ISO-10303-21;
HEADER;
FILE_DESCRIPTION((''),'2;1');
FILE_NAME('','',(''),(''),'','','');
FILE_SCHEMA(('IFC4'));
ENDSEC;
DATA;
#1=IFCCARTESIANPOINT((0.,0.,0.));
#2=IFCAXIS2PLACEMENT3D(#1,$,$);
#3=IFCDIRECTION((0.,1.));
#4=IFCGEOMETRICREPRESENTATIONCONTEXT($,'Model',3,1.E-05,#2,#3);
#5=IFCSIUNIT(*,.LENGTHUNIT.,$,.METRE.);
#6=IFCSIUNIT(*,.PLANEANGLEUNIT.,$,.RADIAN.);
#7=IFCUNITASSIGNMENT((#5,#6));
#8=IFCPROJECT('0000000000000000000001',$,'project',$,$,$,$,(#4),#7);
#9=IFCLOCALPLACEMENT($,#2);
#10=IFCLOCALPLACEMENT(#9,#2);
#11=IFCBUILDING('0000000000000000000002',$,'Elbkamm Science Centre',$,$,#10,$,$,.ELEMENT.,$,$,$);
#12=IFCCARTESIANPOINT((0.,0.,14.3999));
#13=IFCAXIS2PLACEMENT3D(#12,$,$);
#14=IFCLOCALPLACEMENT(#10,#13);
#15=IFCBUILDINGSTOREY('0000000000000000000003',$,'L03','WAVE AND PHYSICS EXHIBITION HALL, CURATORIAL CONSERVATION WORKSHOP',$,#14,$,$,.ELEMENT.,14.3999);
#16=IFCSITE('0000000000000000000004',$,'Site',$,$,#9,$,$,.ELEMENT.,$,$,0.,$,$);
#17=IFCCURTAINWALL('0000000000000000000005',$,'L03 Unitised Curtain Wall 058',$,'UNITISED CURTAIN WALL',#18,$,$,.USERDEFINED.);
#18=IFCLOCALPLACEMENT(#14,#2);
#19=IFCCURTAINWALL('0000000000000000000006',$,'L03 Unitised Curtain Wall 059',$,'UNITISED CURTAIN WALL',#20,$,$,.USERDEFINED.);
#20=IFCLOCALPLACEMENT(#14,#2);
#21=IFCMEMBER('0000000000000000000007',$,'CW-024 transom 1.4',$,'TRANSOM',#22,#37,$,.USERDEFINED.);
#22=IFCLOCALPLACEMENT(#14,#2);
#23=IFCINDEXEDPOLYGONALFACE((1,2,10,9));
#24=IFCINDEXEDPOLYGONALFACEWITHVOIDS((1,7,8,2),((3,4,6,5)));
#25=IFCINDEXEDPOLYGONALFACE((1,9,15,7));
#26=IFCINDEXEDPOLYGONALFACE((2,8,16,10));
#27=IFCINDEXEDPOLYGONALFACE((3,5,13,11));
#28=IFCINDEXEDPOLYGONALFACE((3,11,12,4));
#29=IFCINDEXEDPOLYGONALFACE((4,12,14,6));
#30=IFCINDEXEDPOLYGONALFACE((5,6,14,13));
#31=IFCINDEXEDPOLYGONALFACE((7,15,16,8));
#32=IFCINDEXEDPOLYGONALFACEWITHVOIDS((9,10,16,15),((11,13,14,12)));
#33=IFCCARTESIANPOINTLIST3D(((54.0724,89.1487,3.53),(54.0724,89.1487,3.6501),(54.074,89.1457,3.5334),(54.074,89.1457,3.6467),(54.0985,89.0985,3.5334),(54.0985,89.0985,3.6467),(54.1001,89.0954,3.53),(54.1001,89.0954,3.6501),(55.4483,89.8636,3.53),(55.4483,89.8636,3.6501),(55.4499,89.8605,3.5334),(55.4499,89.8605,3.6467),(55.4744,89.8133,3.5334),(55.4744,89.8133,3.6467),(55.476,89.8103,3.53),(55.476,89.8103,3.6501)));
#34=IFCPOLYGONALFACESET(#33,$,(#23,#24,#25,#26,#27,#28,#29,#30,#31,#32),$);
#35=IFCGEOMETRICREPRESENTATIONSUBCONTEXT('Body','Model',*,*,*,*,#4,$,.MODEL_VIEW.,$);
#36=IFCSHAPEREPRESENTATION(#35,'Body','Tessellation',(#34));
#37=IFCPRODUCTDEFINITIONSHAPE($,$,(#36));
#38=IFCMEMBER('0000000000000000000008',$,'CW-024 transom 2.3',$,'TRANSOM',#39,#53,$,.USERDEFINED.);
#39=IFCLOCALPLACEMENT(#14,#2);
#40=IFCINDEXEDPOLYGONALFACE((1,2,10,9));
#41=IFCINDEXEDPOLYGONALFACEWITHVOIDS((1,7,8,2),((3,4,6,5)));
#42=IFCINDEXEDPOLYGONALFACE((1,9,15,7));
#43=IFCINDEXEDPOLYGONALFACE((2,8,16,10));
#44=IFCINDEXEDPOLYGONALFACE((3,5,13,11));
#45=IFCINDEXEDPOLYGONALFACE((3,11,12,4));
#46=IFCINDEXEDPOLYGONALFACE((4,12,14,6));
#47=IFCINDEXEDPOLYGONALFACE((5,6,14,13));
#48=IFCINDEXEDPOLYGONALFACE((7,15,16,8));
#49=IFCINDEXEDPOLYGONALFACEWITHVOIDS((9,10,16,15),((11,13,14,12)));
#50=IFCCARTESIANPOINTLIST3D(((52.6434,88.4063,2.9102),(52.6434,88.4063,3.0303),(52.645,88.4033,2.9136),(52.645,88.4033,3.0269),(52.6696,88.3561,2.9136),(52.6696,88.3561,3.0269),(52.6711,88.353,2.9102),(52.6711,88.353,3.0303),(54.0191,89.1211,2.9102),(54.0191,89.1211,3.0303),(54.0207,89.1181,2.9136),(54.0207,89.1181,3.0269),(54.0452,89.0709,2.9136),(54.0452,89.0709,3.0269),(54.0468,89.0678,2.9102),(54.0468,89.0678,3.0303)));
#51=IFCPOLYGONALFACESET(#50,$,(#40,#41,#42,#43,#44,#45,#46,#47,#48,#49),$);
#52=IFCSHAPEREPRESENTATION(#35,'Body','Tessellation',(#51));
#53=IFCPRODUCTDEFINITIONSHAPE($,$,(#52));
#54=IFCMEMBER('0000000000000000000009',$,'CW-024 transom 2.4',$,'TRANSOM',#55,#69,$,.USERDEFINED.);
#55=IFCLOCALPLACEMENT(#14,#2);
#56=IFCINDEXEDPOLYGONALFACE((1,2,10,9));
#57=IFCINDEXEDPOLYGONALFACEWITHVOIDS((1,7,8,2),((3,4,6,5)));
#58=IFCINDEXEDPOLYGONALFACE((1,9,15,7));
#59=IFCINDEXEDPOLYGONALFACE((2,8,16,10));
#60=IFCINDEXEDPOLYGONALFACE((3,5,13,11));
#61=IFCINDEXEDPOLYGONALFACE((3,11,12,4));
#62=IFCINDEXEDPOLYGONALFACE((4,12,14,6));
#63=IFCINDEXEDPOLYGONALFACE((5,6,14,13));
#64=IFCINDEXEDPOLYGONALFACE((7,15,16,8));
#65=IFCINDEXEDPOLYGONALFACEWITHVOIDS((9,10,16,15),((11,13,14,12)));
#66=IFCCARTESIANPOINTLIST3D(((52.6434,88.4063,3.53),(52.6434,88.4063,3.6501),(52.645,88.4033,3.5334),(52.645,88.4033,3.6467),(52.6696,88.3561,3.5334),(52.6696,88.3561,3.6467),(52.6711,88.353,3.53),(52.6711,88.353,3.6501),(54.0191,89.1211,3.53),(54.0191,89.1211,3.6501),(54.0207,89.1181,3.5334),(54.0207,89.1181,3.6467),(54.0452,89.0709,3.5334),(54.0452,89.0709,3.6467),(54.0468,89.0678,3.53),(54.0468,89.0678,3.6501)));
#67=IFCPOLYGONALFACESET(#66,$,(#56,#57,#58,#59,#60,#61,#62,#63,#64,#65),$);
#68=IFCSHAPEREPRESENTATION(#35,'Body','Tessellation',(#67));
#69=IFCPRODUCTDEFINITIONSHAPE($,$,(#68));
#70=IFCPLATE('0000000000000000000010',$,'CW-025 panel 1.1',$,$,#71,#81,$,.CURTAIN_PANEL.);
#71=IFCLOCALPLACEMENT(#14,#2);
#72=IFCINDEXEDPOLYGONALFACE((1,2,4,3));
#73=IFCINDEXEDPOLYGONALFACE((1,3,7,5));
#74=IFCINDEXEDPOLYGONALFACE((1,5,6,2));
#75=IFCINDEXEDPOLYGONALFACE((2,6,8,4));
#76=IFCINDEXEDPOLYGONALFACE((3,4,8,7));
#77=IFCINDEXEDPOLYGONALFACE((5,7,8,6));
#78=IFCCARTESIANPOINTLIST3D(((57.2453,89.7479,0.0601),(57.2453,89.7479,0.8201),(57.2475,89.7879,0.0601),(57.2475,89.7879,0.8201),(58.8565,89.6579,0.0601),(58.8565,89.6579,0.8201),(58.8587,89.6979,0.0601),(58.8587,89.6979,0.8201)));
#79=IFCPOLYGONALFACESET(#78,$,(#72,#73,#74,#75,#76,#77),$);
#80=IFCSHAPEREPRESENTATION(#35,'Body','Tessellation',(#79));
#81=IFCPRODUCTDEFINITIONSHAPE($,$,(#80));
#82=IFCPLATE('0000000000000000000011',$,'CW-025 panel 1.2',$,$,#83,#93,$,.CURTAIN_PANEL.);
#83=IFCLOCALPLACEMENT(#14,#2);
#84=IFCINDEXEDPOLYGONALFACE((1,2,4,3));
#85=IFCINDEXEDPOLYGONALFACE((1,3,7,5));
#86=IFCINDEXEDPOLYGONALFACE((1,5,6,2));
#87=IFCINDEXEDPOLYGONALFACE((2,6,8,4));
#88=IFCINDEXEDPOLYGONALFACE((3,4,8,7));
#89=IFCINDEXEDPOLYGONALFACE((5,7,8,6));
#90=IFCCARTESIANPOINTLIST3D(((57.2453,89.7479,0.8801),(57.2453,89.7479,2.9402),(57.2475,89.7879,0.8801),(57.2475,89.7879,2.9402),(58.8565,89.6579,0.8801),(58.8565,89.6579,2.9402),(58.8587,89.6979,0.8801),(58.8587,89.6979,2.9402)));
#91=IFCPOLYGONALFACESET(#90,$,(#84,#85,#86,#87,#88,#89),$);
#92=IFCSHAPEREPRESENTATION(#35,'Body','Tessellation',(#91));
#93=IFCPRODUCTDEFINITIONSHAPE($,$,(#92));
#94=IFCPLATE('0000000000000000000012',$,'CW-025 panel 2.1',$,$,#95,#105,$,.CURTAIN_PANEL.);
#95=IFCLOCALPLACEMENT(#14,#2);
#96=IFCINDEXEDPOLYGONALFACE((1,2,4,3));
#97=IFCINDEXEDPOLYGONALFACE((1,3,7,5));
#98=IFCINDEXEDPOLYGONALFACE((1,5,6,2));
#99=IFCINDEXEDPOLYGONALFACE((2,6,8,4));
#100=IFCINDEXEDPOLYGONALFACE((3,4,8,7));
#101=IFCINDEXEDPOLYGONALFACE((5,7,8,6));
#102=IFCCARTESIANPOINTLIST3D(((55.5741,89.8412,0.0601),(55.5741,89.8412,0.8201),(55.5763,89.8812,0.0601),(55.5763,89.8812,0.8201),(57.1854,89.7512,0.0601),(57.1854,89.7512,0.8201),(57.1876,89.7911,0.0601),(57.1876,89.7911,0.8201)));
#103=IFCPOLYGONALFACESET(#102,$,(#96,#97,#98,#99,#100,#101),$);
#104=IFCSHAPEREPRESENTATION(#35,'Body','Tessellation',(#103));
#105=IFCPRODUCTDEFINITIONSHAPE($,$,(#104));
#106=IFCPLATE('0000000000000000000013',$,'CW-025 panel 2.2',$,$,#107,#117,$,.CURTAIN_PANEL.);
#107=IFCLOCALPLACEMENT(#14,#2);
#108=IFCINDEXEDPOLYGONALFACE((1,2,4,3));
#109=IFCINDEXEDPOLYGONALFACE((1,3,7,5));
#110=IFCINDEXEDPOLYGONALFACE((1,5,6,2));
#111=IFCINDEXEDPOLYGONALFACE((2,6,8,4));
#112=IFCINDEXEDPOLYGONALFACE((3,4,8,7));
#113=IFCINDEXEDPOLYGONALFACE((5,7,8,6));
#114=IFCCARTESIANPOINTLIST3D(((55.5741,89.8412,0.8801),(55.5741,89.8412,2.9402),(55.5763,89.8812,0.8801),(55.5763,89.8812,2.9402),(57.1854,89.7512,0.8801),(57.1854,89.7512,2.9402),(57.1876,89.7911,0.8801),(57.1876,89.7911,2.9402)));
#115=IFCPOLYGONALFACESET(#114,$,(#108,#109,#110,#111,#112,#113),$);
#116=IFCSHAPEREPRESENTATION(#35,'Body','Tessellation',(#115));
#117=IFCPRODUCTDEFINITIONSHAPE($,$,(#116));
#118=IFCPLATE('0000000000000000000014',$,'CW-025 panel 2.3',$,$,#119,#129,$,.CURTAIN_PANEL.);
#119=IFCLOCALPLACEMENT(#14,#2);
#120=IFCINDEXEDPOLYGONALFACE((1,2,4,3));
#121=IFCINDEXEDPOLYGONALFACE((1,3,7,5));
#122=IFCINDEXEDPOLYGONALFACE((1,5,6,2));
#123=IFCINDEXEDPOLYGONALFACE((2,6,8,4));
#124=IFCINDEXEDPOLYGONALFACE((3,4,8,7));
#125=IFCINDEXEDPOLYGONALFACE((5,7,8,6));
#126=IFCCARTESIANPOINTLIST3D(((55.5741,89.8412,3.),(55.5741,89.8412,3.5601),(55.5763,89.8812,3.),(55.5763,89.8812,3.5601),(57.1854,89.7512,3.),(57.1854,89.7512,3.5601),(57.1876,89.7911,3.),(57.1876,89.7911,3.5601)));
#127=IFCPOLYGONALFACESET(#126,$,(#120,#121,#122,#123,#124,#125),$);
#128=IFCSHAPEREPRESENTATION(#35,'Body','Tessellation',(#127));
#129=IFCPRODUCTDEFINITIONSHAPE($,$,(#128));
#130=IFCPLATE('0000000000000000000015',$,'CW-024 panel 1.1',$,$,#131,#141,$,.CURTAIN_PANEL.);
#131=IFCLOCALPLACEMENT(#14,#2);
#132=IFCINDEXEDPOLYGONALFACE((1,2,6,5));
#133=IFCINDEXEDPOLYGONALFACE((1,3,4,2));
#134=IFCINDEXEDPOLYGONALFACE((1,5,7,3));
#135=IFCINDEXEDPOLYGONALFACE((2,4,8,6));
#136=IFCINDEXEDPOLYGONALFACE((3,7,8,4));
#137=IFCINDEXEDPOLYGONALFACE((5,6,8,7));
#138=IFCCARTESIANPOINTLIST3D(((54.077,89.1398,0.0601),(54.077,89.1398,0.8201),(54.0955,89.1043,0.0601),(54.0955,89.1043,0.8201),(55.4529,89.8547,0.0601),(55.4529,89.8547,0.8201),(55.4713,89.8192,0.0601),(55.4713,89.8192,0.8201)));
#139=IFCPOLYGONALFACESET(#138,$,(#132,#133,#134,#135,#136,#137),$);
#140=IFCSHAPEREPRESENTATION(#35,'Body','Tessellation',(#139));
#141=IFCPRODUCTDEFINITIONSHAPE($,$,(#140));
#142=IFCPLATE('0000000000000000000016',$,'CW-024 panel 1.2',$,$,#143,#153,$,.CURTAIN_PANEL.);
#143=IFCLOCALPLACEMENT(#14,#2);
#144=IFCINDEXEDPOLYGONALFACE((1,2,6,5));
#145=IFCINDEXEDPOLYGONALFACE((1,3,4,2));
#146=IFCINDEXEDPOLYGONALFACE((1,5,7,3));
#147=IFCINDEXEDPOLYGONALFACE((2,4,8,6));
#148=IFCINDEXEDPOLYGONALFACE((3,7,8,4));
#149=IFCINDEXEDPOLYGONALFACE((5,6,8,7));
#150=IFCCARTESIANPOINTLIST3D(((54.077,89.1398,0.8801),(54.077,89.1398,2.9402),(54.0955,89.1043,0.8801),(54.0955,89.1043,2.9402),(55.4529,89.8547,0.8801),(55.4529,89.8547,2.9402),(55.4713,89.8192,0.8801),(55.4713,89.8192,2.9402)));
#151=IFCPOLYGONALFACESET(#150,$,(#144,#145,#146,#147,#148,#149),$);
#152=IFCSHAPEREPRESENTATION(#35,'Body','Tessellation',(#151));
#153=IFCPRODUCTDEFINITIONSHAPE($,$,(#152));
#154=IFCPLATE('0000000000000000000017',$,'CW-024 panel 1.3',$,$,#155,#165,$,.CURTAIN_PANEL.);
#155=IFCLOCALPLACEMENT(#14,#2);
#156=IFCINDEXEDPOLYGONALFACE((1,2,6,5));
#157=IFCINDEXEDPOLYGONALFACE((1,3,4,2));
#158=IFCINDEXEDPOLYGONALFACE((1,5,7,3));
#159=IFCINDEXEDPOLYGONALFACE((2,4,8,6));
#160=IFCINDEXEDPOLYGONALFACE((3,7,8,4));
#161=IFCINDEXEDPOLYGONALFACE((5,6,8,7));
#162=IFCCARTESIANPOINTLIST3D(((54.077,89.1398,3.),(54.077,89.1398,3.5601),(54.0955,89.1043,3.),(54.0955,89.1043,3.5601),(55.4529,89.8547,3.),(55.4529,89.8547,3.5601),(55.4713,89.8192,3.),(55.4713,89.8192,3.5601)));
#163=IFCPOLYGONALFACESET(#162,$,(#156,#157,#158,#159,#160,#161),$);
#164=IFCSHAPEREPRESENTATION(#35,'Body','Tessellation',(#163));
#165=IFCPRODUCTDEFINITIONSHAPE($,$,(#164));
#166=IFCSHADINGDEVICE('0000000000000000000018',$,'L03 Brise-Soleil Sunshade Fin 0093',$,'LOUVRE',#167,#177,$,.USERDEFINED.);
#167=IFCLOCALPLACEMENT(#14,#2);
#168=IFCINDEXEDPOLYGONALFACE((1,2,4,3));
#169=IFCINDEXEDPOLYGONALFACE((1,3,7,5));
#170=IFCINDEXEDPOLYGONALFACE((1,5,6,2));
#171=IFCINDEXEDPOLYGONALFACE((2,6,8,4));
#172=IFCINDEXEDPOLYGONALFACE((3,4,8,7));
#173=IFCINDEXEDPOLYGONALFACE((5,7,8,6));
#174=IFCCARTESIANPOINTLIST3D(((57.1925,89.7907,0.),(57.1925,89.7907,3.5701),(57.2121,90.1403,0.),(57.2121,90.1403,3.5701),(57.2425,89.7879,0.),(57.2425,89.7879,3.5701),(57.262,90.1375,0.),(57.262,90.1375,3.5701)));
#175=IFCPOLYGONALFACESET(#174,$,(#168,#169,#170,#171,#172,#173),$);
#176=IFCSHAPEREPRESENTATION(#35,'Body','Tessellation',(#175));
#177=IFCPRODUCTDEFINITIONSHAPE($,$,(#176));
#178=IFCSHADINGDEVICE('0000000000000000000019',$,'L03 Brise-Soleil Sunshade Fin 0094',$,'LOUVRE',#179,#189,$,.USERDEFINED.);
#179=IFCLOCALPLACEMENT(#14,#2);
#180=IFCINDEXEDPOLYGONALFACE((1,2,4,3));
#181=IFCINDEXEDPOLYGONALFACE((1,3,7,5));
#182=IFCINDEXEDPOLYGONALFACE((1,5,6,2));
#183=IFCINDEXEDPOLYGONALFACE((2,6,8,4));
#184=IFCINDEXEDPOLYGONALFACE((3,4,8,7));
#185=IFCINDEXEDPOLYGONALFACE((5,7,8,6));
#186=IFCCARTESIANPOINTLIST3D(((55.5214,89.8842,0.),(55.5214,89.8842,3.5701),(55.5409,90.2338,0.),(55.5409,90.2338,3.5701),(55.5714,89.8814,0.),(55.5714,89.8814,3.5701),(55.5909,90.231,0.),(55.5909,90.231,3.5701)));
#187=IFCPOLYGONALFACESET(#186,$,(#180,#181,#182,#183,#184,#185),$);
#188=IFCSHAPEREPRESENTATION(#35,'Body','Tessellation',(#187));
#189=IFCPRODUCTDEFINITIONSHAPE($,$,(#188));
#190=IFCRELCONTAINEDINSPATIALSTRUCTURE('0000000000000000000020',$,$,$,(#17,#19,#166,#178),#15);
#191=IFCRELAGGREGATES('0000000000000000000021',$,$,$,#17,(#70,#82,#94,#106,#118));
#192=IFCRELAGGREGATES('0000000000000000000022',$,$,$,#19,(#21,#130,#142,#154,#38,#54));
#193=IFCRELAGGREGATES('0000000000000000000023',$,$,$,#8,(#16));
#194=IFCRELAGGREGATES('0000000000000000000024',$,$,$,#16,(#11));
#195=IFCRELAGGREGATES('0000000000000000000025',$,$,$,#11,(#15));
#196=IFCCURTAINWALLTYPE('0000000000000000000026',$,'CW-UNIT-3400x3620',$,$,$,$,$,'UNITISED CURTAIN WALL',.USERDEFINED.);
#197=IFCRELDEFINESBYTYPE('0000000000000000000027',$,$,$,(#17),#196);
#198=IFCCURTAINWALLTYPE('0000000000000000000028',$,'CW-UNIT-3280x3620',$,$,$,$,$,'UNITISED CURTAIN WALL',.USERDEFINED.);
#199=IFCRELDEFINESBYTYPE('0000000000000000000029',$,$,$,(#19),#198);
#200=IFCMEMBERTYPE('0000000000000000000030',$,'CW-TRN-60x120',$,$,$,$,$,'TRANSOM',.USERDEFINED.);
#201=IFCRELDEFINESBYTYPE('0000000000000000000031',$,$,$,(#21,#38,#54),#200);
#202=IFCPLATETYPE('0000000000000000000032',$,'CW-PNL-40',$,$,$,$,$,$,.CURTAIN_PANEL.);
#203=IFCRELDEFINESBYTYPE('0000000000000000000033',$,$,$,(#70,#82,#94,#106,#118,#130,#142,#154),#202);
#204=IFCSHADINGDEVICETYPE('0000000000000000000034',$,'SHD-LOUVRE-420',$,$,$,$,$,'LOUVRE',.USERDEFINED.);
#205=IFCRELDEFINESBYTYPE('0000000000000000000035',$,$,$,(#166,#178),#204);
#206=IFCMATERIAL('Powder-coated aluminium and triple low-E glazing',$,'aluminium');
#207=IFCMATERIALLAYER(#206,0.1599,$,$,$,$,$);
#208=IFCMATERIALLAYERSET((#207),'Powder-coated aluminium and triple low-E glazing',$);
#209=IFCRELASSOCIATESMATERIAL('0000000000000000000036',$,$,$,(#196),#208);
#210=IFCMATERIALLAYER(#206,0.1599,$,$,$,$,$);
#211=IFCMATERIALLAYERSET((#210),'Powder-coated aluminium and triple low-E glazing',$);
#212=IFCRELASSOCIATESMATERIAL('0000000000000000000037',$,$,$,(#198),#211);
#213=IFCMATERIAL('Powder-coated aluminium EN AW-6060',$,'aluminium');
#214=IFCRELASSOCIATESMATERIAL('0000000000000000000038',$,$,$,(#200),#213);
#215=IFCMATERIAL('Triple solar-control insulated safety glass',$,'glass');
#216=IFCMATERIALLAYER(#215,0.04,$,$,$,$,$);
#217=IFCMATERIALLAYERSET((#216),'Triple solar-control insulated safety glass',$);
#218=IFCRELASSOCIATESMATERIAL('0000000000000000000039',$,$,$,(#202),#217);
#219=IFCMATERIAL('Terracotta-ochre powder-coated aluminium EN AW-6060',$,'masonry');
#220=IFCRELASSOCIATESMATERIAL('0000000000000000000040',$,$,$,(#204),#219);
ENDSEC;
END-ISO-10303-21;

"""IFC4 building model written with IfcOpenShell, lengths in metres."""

from ifc_helpers import new_model, si_unit, direction, frame, origin, origin_2d, place, context, subcontext, project, spatial, rectangle, hollow_rectangle, extrude, material, layer, layer_set, material_profile, profile_set, type_object, element, aggregate, save


model = new_model("IFC4")

# Units and contexts
model_context = context("Model", 3, precision=1e-05, world=origin(), true_north=direction((0.0, 1.0)))
body_context = subcontext(model_context, "Body", "Model", "MODEL_VIEW")
ifc_project = project(units=[si_unit("LENGTHUNIT", "METRE"), si_unit("PLANEANGLEUNIT", "RADIAN")], contexts=[model_context])

# Site, building, storey
site_placement = place(None, origin())
site = spatial("IfcSite", under=ifc_project, at=site_placement, Name="Site", CompositionType="ELEMENT", RefElevation=0.0)
building_placement = place(site_placement, origin())
building = spatial("IfcBuilding", under=site, at=building_placement, Name="Elbkamm Science Centre", CompositionType="ELEMENT")
storey_placement = place(building_placement, frame((0.0, 0.0, 14.3999)))
storey = spatial("IfcBuildingStorey", under=building, at=storey_placement, Name="L03", Description="WAVE AND PHYSICS EXHIBITION HALL, CURATORIAL CONSERVATION WORKSHOP", CompositionType="ELEMENT", Elevation=14.3999)

# Curtain walls
ifc_material_1 = material(Name="Powder-coated aluminium and triple low-E glazing", Category="aluminium")
ifc_layer_1 = layer(ifc_material_1, 0.1599)
ifc_layer_set_1 = layer_set([ifc_layer_1], Name="Powder-coated aluminium and triple low-E glazing")
curtain_wall_type_1 = type_object("IfcCurtainWallType", Name="CW-UNIT-3400x3620", ElementType="UNITISED CURTAIN WALL", PredefinedType="USERDEFINED", material=ifc_layer_set_1)
curtain_wall_1_placement = place(storey_placement, origin())
curtain_wall_1 = element("IfcCurtainWall", 1, at=curtain_wall_1_placement, inside=storey, type_object=curtain_wall_type_1, Name="L03 Unitised Curtain Wall 058", ObjectType="UNITISED CURTAIN WALL", PredefinedType="USERDEFINED")
ifc_material_2 = material(Name="Powder-coated aluminium EN AW-6060", Category="aluminium")
ifc_layer_2 = layer(ifc_material_1, 0.1599)
ifc_layer_set_2 = layer_set([ifc_layer_2], Name="Powder-coated aluminium and triple low-E glazing")
curtain_wall_type_2 = type_object("IfcCurtainWallType", Name="CW-UNIT-3280x3620", ElementType="UNITISED CURTAIN WALL", PredefinedType="USERDEFINED", material=ifc_layer_set_2)
curtain_wall_2_placement = place(storey_placement, origin())
curtain_wall_2 = element("IfcCurtainWall", 2, at=curtain_wall_2_placement, inside=storey, type_object=curtain_wall_type_2, Name="L03 Unitised Curtain Wall 059", ObjectType="UNITISED CURTAIN WALL", PredefinedType="USERDEFINED")

# Members
ifc_material_profile_1 = material_profile(ifc_material_2, hollow_rectangle(XDim=0.0601, YDim=0.1201, WallThickness=0.0034, at=origin_2d()), Name="ALU T60x120")
ifc_profile_set_1 = profile_set([ifc_material_profile_1], Name="Powder-coated aluminium EN AW-6060")
member_type_1 = type_object("IfcMemberType", Name="CW-TRN-60x120", ElementType="TRANSOM", PredefinedType="USERDEFINED", material=ifc_profile_set_1)
member_1_placement = place(storey_placement, frame((55.4622, 89.8369, 3.5901), z_axis=(-0.887392, -0.461016, 0.0), x_axis=(0.461016, -0.887392, 0.0)))
member_1 = element("IfcMember", 3, at=member_1_placement, type_object=member_type_1, Name="CW-024 transom 1.4", ObjectType="TRANSOM", PredefinedType="USERDEFINED", context=body_context, shape_type="SweptSolid", body=[
    extrude(hollow_rectangle(XDim=0.0601, YDim=0.1201, WallThickness=0.0034, at=origin_2d()), origin(), (0.0, 0.0, 1.0), 1.5505),
])
member_2_placement = place(storey_placement, frame((54.033, 89.0945, 2.9702), z_axis=(-0.887359, -0.46108, 0.0), x_axis=(0.46108, -0.887359, 0.0)))
member_2 = element("IfcMember", 4, at=member_2_placement, type_object=member_type_1, Name="CW-024 transom 2.3", ObjectType="TRANSOM", PredefinedType="USERDEFINED", context=body_context, shape_type="SweptSolid", body=[
    extrude(hollow_rectangle(XDim=0.0601, YDim=0.1201, WallThickness=0.0034, at=origin_2d()), origin(), (0.0, 0.0, 1.0), 1.5503),
])
member_3_placement = place(storey_placement, frame((54.033, 89.0945, 3.5901), z_axis=(-0.887359, -0.46108, 0.0), x_axis=(0.46108, -0.887359, 0.0)))
member_3 = element("IfcMember", 5, at=member_3_placement, type_object=member_type_1, Name="CW-024 transom 2.4", ObjectType="TRANSOM", PredefinedType="USERDEFINED", context=body_context, shape_type="SweptSolid", body=[
    extrude(hollow_rectangle(XDim=0.0601, YDim=0.1201, WallThickness=0.0034, at=origin_2d()), origin(), (0.0, 0.0, 1.0), 1.5503),
])

# Plates
ifc_material_3 = material(Name="Triple solar-control insulated safety glass", Category="glass")
ifc_layer_3 = layer(ifc_material_3, 0.04)
ifc_layer_set_3 = layer_set([ifc_layer_3], Name="Triple solar-control insulated safety glass")
plate_type = type_object("IfcPlateType", Name="CW-PNL-40", PredefinedType="CURTAIN_PANEL", material=ifc_layer_set_3)
plate_1_placement = place(storey_placement, frame((58.052, 89.7229, 0.0601), z_axis=(0.0, 0.0, 1.0), x_axis=(-0.998443, 0.055785, 0.0)))
plate_1 = element("IfcPlate", 6, at=plate_1_placement, type_object=plate_type, Name="CW-025 panel 1.1", PredefinedType="CURTAIN_PANEL", context=body_context, shape_type="SweptSolid", body=[
    extrude(rectangle(XDim=1.6138, YDim=0.04, at=origin_2d()), origin(), (0.0, 0.0, 1.0), 0.76),
])
plate_2_placement = place(storey_placement, frame((58.052, 89.7229, 0.8801), z_axis=(0.0, 0.0, 1.0), x_axis=(-0.998443, 0.055785, 0.0)))
plate_2 = element("IfcPlate", 7, at=plate_2_placement, type_object=plate_type, Name="CW-025 panel 1.2", PredefinedType="CURTAIN_PANEL", context=body_context, shape_type="SweptSolid", body=[
    extrude(rectangle(XDim=1.6138, YDim=0.04, at=origin_2d()), origin(), (0.0, 0.0, 1.0), 2.0601),
])
plate_3_placement = place(storey_placement, frame((56.3809, 89.8162, 0.0601), z_axis=(0.0, 0.0, 1.0), x_axis=(-0.998443, 0.055785, 0.0)))
plate_3 = element("IfcPlate", 8, at=plate_3_placement, type_object=plate_type, Name="CW-025 panel 2.1", PredefinedType="CURTAIN_PANEL", context=body_context, shape_type="SweptSolid", body=[
    extrude(rectangle(XDim=1.6138, YDim=0.04, at=origin_2d()), origin(), (0.0, 0.0, 1.0), 0.76),
])
plate_4_placement = place(storey_placement, frame((56.3809, 89.8162, 0.8801), z_axis=(0.0, 0.0, 1.0), x_axis=(-0.998443, 0.055785, 0.0)))
plate_4 = element("IfcPlate", 9, at=plate_4_placement, type_object=plate_type, Name="CW-025 panel 2.2", PredefinedType="CURTAIN_PANEL", context=body_context, shape_type="SweptSolid", body=[
    extrude(rectangle(XDim=1.6138, YDim=0.04, at=origin_2d()), origin(), (0.0, 0.0, 1.0), 2.0601),
])
plate_5_placement = place(storey_placement, frame((56.3809, 89.8162, 3.0), z_axis=(0.0, 0.0, 1.0), x_axis=(-0.998443, 0.055785, 0.0)))
plate_5 = element("IfcPlate", 10, at=plate_5_placement, type_object=plate_type, Name="CW-025 panel 2.3", PredefinedType="CURTAIN_PANEL", context=body_context, shape_type="SweptSolid", body=[
    extrude(rectangle(XDim=1.6138, YDim=0.04, at=origin_2d()), origin(), (0.0, 0.0, 1.0), 0.5601),
])
aggregate(curtain_wall_1, [plate_1, plate_2, plate_3, plate_4, plate_5])
plate_6_placement = place(storey_placement, frame((54.7742, 89.4795, 0.0601), z_axis=(0.0, 0.0, 1.0), x_axis=(-0.887363, -0.461071, 0.0)))
plate_6 = element("IfcPlate", 11, at=plate_6_placement, type_object=plate_type, Name="CW-024 panel 1.1", PredefinedType="CURTAIN_PANEL", context=body_context, shape_type="SweptSolid", body=[
    extrude(rectangle(XDim=1.5505, YDim=0.04, at=origin_2d()), origin(), (0.0, 0.0, 1.0), 0.76),
])
plate_7_placement = place(storey_placement, frame((54.7742, 89.4795, 0.8801), z_axis=(0.0, 0.0, 1.0), x_axis=(-0.887363, -0.461071, 0.0)))
plate_7 = element("IfcPlate", 12, at=plate_7_placement, type_object=plate_type, Name="CW-024 panel 1.2", PredefinedType="CURTAIN_PANEL", context=body_context, shape_type="SweptSolid", body=[
    extrude(rectangle(XDim=1.5505, YDim=0.04, at=origin_2d()), origin(), (0.0, 0.0, 1.0), 2.0601),
])
plate_8_placement = place(storey_placement, frame((54.7742, 89.4795, 3.0), z_axis=(0.0, 0.0, 1.0), x_axis=(-0.887363, -0.461071, 0.0)))
plate_8 = element("IfcPlate", 13, at=plate_8_placement, type_object=plate_type, Name="CW-024 panel 1.3", PredefinedType="CURTAIN_PANEL", context=body_context, shape_type="SweptSolid", body=[
    extrude(rectangle(XDim=1.5505, YDim=0.04, at=origin_2d()), origin(), (0.0, 0.0, 1.0), 0.5601),
])
aggregate(curtain_wall_2, [member_1, plate_6, plate_7, plate_8, member_2, member_3])

# Shading devices
ifc_material_4 = material(Name="Terracotta-ochre powder-coated aluminium EN AW-6060", Category="masonry")
shading_device_type = type_object("IfcShadingDeviceType", Name="SHD-LOUVRE-420", ElementType="LOUVRE", PredefinedType="USERDEFINED", material=ifc_material_4)
for number, where, z_axis, x_axis, name in (
    (14, (57.2273, 89.9641, 0.0), (0.0, 0.0, 1.0), (0.055785, 0.998443, 0.0), "L03 Brise-Soleil Sunshade Fin 0093"),
    (15, (55.5562, 90.0576, 0.0), (0.0, 0.0, 1.0), (0.055785, 0.998443, 0.0), "L03 Brise-Soleil Sunshade Fin 0094"),
):
    element("IfcShadingDevice", number, at=place(storey_placement, frame(where, z_axis=z_axis, x_axis=x_axis)), inside=storey, type_object=shading_device_type, Name=name, ObjectType="LOUVRE", PredefinedType="USERDEFINED", context=body_context, shape_type="SweptSolid", body=[
        extrude(rectangle(XDim=0.3501, YDim=0.05, at=origin_2d()), origin(), (0.0, 0.0, 1.0), 3.5701),
    ])

save(model, "model.ifc")
